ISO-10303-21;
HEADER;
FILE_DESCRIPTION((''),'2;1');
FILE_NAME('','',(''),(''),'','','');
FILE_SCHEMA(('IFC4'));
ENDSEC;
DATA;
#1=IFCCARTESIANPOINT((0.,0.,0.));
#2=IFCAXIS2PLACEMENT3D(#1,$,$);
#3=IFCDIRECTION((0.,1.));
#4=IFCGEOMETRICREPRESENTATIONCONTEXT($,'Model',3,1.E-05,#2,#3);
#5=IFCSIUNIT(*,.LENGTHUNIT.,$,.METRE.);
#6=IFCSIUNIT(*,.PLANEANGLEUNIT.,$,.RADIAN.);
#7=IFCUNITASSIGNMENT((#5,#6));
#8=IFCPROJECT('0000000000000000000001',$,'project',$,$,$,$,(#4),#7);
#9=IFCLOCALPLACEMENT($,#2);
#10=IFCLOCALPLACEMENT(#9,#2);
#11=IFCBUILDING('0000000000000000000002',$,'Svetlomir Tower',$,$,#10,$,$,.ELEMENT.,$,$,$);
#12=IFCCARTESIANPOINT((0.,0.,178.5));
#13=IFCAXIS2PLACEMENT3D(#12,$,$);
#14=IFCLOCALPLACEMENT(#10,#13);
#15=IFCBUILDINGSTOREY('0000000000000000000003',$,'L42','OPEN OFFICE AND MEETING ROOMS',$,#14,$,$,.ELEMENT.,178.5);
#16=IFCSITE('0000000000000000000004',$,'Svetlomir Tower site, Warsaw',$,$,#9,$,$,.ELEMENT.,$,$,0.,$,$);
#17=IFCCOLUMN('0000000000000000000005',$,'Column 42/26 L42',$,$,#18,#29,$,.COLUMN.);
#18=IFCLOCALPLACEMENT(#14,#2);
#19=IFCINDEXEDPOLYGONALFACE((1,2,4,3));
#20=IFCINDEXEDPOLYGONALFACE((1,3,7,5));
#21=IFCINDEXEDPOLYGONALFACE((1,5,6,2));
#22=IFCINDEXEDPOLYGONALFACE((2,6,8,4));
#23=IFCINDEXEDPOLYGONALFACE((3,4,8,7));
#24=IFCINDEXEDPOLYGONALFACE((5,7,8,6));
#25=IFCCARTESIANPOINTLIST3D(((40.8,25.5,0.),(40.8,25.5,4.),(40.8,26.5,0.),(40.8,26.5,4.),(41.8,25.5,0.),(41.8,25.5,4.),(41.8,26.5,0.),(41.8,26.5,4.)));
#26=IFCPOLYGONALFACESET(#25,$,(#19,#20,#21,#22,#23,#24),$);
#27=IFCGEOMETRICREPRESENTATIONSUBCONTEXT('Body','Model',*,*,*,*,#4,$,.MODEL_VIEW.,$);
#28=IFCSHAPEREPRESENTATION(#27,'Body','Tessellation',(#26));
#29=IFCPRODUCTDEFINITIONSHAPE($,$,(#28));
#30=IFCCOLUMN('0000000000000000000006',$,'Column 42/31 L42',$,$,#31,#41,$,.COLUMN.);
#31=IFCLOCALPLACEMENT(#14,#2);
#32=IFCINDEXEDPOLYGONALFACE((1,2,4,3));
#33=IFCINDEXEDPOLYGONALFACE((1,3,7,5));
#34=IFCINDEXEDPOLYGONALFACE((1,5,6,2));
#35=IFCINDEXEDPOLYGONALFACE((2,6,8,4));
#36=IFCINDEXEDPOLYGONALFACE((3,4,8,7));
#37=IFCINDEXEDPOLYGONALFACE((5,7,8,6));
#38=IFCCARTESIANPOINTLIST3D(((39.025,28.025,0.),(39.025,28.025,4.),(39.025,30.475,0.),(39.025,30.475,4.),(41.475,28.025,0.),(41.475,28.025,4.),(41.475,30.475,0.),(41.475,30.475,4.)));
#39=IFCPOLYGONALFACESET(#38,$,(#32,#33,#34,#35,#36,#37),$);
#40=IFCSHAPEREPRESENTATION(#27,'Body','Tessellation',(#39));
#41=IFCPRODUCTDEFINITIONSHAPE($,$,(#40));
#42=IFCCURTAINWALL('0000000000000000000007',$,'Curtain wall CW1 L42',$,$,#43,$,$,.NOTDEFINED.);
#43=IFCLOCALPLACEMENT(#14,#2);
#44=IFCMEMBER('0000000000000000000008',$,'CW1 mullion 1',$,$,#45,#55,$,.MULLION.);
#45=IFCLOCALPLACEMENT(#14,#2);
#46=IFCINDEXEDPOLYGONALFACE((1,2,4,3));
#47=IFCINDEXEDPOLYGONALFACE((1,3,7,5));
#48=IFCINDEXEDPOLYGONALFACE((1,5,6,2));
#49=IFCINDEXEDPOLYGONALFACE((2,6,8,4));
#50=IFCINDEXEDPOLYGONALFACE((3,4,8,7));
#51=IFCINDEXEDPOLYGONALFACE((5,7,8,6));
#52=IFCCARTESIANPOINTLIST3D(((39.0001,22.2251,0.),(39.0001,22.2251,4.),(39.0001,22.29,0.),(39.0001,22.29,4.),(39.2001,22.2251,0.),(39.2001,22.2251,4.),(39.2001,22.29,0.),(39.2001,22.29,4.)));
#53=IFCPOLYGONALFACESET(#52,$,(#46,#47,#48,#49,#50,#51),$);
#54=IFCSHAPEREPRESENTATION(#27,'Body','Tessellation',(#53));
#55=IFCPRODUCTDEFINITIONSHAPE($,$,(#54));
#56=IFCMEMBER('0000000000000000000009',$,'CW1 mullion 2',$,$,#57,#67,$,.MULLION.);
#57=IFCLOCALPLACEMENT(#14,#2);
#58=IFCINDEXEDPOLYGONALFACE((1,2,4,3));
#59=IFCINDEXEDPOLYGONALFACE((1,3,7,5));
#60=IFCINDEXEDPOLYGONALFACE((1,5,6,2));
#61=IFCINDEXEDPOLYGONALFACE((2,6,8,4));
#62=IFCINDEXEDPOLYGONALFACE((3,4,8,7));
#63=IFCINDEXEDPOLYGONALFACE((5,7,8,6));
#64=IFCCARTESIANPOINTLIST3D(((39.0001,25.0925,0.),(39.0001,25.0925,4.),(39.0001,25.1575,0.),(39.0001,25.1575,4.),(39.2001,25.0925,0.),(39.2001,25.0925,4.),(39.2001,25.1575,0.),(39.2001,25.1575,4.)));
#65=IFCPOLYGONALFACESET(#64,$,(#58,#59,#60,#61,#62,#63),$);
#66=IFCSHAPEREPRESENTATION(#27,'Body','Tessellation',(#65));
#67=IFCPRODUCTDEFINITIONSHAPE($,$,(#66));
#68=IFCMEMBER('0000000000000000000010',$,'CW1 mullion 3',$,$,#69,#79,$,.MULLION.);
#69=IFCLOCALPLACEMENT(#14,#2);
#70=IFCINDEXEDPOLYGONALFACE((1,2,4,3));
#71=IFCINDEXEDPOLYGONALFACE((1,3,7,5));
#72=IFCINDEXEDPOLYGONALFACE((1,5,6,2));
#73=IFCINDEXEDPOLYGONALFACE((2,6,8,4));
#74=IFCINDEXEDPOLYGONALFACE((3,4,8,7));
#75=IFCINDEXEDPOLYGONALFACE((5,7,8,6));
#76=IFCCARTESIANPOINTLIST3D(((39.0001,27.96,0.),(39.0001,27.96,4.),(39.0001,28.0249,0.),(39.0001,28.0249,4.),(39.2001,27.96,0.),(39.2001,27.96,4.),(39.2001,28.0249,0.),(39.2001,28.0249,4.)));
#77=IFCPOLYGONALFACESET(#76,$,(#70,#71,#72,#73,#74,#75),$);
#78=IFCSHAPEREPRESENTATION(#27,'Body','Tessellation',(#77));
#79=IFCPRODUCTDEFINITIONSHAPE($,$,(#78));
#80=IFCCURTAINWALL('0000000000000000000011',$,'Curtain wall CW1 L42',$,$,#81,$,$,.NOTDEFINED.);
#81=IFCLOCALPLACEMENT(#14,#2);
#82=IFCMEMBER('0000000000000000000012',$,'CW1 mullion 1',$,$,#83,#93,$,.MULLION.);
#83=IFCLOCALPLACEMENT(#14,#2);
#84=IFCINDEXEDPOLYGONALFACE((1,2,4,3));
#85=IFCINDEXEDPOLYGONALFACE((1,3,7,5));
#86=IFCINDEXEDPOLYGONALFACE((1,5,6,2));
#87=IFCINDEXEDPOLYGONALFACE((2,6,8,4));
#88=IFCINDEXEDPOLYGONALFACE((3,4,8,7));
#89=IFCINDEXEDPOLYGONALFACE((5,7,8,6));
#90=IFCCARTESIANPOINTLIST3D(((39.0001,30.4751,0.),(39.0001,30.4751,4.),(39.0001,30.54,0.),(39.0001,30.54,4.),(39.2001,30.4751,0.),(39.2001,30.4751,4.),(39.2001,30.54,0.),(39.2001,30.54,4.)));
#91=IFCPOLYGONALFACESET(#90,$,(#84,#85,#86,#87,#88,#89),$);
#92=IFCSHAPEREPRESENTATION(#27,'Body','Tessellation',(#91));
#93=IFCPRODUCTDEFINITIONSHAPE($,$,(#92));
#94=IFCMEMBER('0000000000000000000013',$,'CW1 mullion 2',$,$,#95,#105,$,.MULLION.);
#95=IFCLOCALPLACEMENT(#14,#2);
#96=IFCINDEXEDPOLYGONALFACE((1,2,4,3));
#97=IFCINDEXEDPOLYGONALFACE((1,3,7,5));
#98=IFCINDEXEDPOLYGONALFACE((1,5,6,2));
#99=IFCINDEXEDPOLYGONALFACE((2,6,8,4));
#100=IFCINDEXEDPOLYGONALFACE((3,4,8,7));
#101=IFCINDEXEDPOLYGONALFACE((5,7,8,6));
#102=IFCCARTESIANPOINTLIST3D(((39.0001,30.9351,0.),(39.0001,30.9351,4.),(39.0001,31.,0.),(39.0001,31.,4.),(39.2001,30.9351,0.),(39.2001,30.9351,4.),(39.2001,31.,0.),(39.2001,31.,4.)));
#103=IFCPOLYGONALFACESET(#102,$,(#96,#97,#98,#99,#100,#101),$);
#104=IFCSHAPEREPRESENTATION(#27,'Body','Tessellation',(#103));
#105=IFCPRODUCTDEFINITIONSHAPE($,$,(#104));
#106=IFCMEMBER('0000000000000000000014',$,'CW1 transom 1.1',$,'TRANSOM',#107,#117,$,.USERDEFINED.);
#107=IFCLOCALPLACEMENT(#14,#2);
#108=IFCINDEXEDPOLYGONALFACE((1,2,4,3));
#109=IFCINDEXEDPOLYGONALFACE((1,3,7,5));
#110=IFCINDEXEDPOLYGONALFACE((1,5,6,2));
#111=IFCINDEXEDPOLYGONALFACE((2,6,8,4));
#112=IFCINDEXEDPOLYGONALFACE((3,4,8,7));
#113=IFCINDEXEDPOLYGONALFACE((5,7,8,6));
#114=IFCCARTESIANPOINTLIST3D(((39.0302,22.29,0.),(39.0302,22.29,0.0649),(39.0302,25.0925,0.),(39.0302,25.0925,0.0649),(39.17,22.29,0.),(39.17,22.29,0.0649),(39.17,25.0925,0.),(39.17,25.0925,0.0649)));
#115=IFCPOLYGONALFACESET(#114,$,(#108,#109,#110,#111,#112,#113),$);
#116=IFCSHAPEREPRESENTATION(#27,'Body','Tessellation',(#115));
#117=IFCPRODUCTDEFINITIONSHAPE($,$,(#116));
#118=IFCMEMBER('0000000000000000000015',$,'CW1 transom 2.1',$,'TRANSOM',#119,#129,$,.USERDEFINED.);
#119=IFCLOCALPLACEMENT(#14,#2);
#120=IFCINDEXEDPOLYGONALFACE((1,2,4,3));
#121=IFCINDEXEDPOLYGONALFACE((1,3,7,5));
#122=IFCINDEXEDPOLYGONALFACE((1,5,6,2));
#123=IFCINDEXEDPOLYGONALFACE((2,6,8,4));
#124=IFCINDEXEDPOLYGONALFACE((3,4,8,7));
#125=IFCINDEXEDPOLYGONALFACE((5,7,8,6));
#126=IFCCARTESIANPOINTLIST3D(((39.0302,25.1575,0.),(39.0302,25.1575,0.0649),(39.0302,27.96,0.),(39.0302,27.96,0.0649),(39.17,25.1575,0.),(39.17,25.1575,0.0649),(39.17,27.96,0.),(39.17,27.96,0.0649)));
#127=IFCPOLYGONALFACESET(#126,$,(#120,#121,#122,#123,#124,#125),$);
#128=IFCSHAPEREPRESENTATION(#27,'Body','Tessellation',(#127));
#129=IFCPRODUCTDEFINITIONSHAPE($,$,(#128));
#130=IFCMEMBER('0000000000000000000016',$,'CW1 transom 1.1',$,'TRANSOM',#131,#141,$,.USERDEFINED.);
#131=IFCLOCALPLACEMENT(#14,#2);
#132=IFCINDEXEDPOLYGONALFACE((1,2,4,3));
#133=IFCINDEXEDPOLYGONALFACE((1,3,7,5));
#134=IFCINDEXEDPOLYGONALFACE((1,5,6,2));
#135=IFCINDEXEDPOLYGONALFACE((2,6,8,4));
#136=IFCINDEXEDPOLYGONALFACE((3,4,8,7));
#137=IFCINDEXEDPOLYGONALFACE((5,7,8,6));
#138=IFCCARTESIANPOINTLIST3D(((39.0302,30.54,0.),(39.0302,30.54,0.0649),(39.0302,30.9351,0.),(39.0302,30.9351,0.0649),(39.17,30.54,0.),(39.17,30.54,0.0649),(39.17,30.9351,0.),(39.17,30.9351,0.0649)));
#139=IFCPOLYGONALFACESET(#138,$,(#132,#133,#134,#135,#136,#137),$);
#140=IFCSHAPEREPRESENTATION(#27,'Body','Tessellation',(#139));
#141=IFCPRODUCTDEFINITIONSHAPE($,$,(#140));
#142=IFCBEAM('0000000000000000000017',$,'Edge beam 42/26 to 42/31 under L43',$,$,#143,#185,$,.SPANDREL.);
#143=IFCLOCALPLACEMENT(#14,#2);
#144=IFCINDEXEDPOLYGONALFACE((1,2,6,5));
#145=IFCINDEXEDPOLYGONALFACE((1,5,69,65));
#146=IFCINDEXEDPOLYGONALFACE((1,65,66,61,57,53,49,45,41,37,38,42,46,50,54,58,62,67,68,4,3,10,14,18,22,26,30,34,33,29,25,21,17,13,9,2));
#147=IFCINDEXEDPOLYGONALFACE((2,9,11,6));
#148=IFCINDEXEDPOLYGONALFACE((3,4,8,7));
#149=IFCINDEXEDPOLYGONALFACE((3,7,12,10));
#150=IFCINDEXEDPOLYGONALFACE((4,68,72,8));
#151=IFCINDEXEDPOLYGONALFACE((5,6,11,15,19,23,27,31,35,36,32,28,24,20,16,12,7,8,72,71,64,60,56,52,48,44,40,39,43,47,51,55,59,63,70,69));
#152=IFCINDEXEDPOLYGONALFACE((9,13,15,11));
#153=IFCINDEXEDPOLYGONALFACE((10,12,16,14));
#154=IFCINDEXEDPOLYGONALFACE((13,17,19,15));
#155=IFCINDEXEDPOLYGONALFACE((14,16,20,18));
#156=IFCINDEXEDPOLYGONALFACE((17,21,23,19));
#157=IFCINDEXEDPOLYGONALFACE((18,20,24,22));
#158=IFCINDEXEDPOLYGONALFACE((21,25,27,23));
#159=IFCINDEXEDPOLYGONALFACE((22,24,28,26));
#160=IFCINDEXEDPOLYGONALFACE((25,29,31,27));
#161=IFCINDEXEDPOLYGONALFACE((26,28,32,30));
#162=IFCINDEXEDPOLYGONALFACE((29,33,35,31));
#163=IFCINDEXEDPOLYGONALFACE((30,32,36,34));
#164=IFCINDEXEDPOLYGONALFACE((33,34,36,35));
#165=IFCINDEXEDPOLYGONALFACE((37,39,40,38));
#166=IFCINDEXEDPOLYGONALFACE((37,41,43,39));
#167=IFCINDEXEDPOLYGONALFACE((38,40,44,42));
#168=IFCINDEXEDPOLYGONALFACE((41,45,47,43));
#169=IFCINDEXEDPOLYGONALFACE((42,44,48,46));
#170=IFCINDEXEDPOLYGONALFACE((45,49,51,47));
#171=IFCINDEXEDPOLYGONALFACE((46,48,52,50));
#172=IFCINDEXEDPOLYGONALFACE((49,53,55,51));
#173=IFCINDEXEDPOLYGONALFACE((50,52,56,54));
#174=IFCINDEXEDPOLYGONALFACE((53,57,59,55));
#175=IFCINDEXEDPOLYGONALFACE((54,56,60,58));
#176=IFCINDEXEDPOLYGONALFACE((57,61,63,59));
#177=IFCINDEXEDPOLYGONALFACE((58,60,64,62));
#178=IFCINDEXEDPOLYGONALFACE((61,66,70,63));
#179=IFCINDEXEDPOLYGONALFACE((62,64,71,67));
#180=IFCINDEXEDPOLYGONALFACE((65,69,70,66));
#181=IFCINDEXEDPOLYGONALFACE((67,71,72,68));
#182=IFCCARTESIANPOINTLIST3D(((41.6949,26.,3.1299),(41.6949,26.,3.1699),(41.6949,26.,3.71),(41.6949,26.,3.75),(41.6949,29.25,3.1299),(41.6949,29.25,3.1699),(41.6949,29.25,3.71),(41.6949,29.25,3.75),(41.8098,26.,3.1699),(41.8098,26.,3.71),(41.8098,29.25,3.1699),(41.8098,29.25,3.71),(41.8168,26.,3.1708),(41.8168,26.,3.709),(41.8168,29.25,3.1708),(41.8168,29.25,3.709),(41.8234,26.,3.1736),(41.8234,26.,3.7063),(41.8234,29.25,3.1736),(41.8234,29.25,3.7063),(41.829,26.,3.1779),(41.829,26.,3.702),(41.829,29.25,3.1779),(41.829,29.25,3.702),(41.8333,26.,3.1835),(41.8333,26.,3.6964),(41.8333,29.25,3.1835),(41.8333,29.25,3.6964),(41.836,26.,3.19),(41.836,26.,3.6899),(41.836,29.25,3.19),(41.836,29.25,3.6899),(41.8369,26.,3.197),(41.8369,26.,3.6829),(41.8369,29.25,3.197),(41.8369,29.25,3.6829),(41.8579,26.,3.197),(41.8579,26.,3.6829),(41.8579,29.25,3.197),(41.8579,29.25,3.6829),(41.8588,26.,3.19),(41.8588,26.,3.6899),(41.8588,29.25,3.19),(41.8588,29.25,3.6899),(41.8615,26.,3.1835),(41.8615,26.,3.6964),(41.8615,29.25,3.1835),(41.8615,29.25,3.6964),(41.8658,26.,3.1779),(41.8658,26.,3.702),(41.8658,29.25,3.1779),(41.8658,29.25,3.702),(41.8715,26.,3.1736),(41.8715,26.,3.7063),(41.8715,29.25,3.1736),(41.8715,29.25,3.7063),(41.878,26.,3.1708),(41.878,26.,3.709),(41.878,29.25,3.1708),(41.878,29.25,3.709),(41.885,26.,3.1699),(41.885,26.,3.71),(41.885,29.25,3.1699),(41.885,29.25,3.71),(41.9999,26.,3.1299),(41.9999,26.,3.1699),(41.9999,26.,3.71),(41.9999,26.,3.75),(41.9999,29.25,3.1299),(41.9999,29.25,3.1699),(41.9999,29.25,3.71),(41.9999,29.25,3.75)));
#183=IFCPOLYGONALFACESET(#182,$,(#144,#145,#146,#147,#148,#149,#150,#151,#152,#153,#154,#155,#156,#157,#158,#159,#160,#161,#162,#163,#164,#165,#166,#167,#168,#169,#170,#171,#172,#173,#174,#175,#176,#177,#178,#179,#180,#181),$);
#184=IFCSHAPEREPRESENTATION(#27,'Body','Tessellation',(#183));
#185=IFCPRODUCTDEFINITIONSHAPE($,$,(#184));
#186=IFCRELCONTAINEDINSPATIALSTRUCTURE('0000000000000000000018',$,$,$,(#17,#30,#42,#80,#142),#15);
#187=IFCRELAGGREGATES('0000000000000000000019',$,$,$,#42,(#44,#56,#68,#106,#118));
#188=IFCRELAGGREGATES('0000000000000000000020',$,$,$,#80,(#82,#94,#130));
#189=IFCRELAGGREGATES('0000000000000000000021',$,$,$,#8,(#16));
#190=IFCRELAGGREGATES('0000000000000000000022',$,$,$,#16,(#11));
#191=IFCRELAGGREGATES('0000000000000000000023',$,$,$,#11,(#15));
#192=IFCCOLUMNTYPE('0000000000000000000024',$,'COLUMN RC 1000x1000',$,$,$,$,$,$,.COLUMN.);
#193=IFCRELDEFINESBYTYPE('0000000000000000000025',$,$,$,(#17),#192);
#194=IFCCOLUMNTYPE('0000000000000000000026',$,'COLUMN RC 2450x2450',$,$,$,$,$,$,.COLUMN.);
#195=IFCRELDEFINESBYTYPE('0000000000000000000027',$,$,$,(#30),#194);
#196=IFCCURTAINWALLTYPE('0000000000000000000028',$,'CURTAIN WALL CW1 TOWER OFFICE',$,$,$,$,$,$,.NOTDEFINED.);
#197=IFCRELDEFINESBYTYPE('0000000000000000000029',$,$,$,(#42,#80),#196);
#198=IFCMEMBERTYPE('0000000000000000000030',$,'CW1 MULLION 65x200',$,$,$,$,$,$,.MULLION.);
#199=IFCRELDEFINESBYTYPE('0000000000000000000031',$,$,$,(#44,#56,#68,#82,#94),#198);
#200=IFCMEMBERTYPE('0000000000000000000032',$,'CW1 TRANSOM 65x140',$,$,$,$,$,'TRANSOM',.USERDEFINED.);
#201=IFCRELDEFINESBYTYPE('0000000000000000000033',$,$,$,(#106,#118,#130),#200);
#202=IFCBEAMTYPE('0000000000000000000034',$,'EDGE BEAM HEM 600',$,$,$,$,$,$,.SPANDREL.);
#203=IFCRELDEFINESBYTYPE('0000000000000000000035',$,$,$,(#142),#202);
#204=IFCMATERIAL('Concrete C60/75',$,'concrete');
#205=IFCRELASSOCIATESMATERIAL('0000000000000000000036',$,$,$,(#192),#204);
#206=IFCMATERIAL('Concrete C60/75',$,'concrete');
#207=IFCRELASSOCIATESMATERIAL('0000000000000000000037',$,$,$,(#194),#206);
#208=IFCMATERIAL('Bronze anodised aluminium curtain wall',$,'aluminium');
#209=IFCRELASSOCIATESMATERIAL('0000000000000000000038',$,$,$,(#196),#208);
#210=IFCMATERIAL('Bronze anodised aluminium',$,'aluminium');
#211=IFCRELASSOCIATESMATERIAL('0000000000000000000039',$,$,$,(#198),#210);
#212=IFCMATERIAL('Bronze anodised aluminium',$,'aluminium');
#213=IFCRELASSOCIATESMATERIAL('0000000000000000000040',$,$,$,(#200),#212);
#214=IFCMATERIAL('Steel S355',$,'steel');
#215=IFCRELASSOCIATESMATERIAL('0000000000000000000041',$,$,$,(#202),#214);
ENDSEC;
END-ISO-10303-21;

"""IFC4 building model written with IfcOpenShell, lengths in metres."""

from ifc_helpers import new_model, si_unit, direction, frame, origin, origin_2d, place, context, subcontext, project, spatial, rectangle, i_section, extrude, material, material_profile, profile_set, type_object, element, aggregate, save


model = new_model("IFC4")

# Units and contexts
model_context = context("Model", 3, precision=1e-05, world=origin(), true_north=direction((0.0, 1.0)))
body_context = subcontext(model_context, "Body", "Model", "MODEL_VIEW")
ifc_project = project(units=[si_unit("LENGTHUNIT", "METRE"), si_unit("PLANEANGLEUNIT", "RADIAN")], contexts=[model_context])

# Site, building, storey
site_placement = place(None, origin())
site = spatial("IfcSite", under=ifc_project, at=site_placement, Name="Svetlomir Tower site, Warsaw", CompositionType="ELEMENT", RefElevation=0.0)
building_placement = place(site_placement, origin())
building = spatial("IfcBuilding", under=site, at=building_placement, Name="Svetlomir Tower", CompositionType="ELEMENT")
storey_placement = place(building_placement, frame((0.0, 0.0, 178.5)))
storey = spatial("IfcBuildingStorey", under=building, at=storey_placement, Name="L42", Description="OPEN OFFICE AND MEETING ROOMS", CompositionType="ELEMENT", Elevation=178.5)

# Columns
ifc_material_1 = material(Name="Concrete C60/75", Category="concrete")
ifc_material_profile_1 = material_profile(ifc_material_1, rectangle(XDim=1.0, YDim=1.0, at=origin_2d()), Name="RC 1000x1000")
ifc_profile_set_1 = profile_set([ifc_material_profile_1], Name="Concrete C60/75")
column_type_1 = type_object("IfcColumnType", Name="COLUMN RC 1000x1000", PredefinedType="COLUMN", material=ifc_profile_set_1)
column_1_placement = place(storey_placement, frame((41.3, 26.0, 0.0), z_axis=(0.0, 0.0, 1.0), x_axis=(1.0, 0.0, 0.0)))
element("IfcColumn", 1, at=column_1_placement, inside=storey, type_object=column_type_1, Name="Column 42/26 L42", PredefinedType="COLUMN", context=body_context, shape_type="SweptSolid", body=[
    extrude(rectangle(XDim=1.0, YDim=1.0, at=origin_2d()), origin(), (0.0, 0.0, 1.0), 4.0),
])
ifc_material_2 = material(Name="Concrete C60/75", Category="concrete")
ifc_material_profile_2 = material_profile(ifc_material_2, rectangle(XDim=2.45, YDim=2.45, at=origin_2d()), Name="RC 2450x2450")
ifc_profile_set_2 = profile_set([ifc_material_profile_2], Name="Concrete C60/75")
column_type_2 = type_object("IfcColumnType", Name="COLUMN RC 2450x2450", PredefinedType="COLUMN", material=ifc_profile_set_2)
column_2_placement = place(storey_placement, frame((40.25, 29.25, 0.0), z_axis=(0.0, 0.0, 1.0), x_axis=(1.0, 0.0, 0.0)))
element("IfcColumn", 2, at=column_2_placement, inside=storey, type_object=column_type_2, Name="Column 42/31 L42", PredefinedType="COLUMN", context=body_context, shape_type="SweptSolid", body=[
    extrude(rectangle(XDim=2.45, YDim=2.45, at=origin_2d()), origin(), (0.0, 0.0, 1.0), 4.0),
])

# Curtain walls, members
ifc_material_3 = material(Name="Bronze anodised aluminium curtain wall", Category="aluminium")
curtain_wall_type = type_object("IfcCurtainWallType", Name="CURTAIN WALL CW1 TOWER OFFICE", PredefinedType="NOTDEFINED", material=ifc_material_3)
curtain_wall_1_placement = place(storey_placement, origin())
curtain_wall_1 = element("IfcCurtainWall", 3, at=curtain_wall_1_placement, inside=storey, type_object=curtain_wall_type, Name="Curtain wall CW1 L42", PredefinedType="NOTDEFINED")
ifc_material_4 = material(Name="Bronze anodised aluminium", Category="aluminium")
ifc_material_profile_3 = material_profile(ifc_material_4, rectangle(XDim=0.0649, YDim=0.2, at=origin_2d()), Name="AL 65x200")
ifc_profile_set_3 = profile_set([ifc_material_profile_3], Name="Bronze anodised aluminium 6063-T6")
member_type_1 = type_object("IfcMemberType", Name="CW1 MULLION 65x200", PredefinedType="MULLION", material=ifc_profile_set_3)
member_1_placement = place(storey_placement, frame((39.1001, 22.2576, 0.0), z_axis=(0.0, 0.0, 1.0), x_axis=(0.0, 1.0, 0.0)))
member_1 = element("IfcMember", 4, at=member_1_placement, type_object=member_type_1, Name="CW1 mullion 1", PredefinedType="MULLION", context=body_context, shape_type="SweptSolid", body=[
    extrude(rectangle(XDim=0.0649, YDim=0.2, at=origin_2d()), origin(), (0.0, 0.0, 1.0), 4.0),
])
member_2_placement = place(storey_placement, frame((39.1001, 25.125, 0.0), z_axis=(0.0, 0.0, 1.0), x_axis=(0.0, 1.0, 0.0)))
member_2 = element("IfcMember", 5, at=member_2_placement, type_object=member_type_1, Name="CW1 mullion 2", PredefinedType="MULLION", context=body_context, shape_type="SweptSolid", body=[
    extrude(rectangle(XDim=0.0649, YDim=0.2, at=origin_2d()), origin(), (0.0, 0.0, 1.0), 4.0),
])
member_3_placement = place(storey_placement, frame((39.1001, 27.9924, 0.0), z_axis=(0.0, 0.0, 1.0), x_axis=(0.0, 1.0, 0.0)))
member_3 = element("IfcMember", 6, at=member_3_placement, type_object=member_type_1, Name="CW1 mullion 3", PredefinedType="MULLION", context=body_context, shape_type="SweptSolid", body=[
    extrude(rectangle(XDim=0.0649, YDim=0.2, at=origin_2d()), origin(), (0.0, 0.0, 1.0), 4.0),
])
curtain_wall_2_placement = place(storey_placement, origin())
curtain_wall_2 = element("IfcCurtainWall", 7, at=curtain_wall_2_placement, inside=storey, type_object=curtain_wall_type, Name="Curtain wall CW1 L42", PredefinedType="NOTDEFINED")
member_4_placement = place(storey_placement, frame((39.1001, 30.5076, 0.0), z_axis=(0.0, 0.0, 1.0), x_axis=(0.0, 1.0, 0.0)))
member_4 = element("IfcMember", 8, at=member_4_placement, type_object=member_type_1, Name="CW1 mullion 1", PredefinedType="MULLION", context=body_context, shape_type="SweptSolid", body=[
    extrude(rectangle(XDim=0.0649, YDim=0.2, at=origin_2d()), origin(), (0.0, 0.0, 1.0), 4.0),
])
member_5_placement = place(storey_placement, frame((39.1001, 30.9675, 0.0), z_axis=(0.0, 0.0, 1.0), x_axis=(0.0, 1.0, 0.0)))
member_5 = element("IfcMember", 9, at=member_5_placement, type_object=member_type_1, Name="CW1 mullion 2", PredefinedType="MULLION", context=body_context, shape_type="SweptSolid", body=[
    extrude(rectangle(XDim=0.0649, YDim=0.2, at=origin_2d()), origin(), (0.0, 0.0, 1.0), 4.0),
])

# Members
ifc_material_5 = material(Name="Bronze anodised aluminium", Category="aluminium")
ifc_material_profile_4 = material_profile(ifc_material_5, rectangle(XDim=0.1399, YDim=0.0649, at=origin_2d()), Name="AL 140x65")
ifc_profile_set_4 = profile_set([ifc_material_profile_4], Name="Bronze anodised aluminium 6063-T6")
member_type_2 = type_object("IfcMemberType", Name="CW1 TRANSOM 65x140", ElementType="TRANSOM", PredefinedType="USERDEFINED", material=ifc_profile_set_4)
member_6_placement = place(storey_placement, frame((39.1001, 22.29, 0.0325), z_axis=(0.0, 1.0, 0.0), x_axis=(-1.0, 0.0, 0.0)))
member_6 = element("IfcMember", 10, at=member_6_placement, type_object=member_type_2, Name="CW1 transom 1.1", ObjectType="TRANSOM", PredefinedType="USERDEFINED", context=body_context, shape_type="SweptSolid", body=[
    extrude(rectangle(XDim=0.1399, YDim=0.0649, at=origin_2d()), origin(), (0.0, 0.0, 1.0), 2.8025),
])
member_7_placement = place(storey_placement, frame((39.1001, 25.1575, 0.0325), z_axis=(0.0, 1.0, 0.0), x_axis=(-1.0, 0.0, 0.0)))
member_7 = element("IfcMember", 11, at=member_7_placement, type_object=member_type_2, Name="CW1 transom 2.1", ObjectType="TRANSOM", PredefinedType="USERDEFINED", context=body_context, shape_type="SweptSolid", body=[
    extrude(rectangle(XDim=0.1399, YDim=0.0649, at=origin_2d()), origin(), (0.0, 0.0, 1.0), 2.8025),
])
member_8_placement = place(storey_placement, frame((39.1001, 30.54, 0.0325), z_axis=(0.0, 1.0, 0.0), x_axis=(-1.0, 0.0, 0.0)))
member_8 = element("IfcMember", 12, at=member_8_placement, type_object=member_type_2, Name="CW1 transom 1.1", ObjectType="TRANSOM", PredefinedType="USERDEFINED", context=body_context, shape_type="SweptSolid", body=[
    extrude(rectangle(XDim=0.1399, YDim=0.0649, at=origin_2d()), origin(), (0.0, 0.0, 1.0), 0.395),
])

# Beam
ifc_material_6 = material(Name="Steel S355", Category="steel")
ifc_material_profile_5 = material_profile(ifc_material_6, i_section(OverallWidth=0.3049, OverallDepth=0.6201, WebThickness=0.021, FlangeThickness=0.04, FilletRadius=0.0271, at=origin_2d()), Name="HEM 600")
ifc_profile_set_5 = profile_set([ifc_material_profile_5], Name="Steel S355")
beam_type_1 = type_object("IfcBeamType", Name="EDGE BEAM HEM 600", PredefinedType="SPANDREL", material=ifc_profile_set_5)
beam_1_placement = place(storey_placement, frame((41.8474, 26.0, 3.4399), z_axis=(0.0, 1.0, 0.0), x_axis=(-1.0, 0.0, 0.0)))
element("IfcBeam", 13, at=beam_1_placement, inside=storey, type_object=beam_type_1, Name="Edge beam 42/26 to 42/31 under L43", PredefinedType="SPANDREL", context=body_context, shape_type="SweptSolid", body=[
    extrude(i_section(OverallWidth=0.3049, OverallDepth=0.6201, WebThickness=0.021, FlangeThickness=0.04, FilletRadius=0.0271, at=origin_2d()), origin(), (0.0, 0.0, 1.0), 3.25),
])

aggregate(curtain_wall_1, [member_1, member_2, member_3, member_6, member_7])
aggregate(curtain_wall_2, [member_4, member_5, member_8])

save(model, "model.ifc")
